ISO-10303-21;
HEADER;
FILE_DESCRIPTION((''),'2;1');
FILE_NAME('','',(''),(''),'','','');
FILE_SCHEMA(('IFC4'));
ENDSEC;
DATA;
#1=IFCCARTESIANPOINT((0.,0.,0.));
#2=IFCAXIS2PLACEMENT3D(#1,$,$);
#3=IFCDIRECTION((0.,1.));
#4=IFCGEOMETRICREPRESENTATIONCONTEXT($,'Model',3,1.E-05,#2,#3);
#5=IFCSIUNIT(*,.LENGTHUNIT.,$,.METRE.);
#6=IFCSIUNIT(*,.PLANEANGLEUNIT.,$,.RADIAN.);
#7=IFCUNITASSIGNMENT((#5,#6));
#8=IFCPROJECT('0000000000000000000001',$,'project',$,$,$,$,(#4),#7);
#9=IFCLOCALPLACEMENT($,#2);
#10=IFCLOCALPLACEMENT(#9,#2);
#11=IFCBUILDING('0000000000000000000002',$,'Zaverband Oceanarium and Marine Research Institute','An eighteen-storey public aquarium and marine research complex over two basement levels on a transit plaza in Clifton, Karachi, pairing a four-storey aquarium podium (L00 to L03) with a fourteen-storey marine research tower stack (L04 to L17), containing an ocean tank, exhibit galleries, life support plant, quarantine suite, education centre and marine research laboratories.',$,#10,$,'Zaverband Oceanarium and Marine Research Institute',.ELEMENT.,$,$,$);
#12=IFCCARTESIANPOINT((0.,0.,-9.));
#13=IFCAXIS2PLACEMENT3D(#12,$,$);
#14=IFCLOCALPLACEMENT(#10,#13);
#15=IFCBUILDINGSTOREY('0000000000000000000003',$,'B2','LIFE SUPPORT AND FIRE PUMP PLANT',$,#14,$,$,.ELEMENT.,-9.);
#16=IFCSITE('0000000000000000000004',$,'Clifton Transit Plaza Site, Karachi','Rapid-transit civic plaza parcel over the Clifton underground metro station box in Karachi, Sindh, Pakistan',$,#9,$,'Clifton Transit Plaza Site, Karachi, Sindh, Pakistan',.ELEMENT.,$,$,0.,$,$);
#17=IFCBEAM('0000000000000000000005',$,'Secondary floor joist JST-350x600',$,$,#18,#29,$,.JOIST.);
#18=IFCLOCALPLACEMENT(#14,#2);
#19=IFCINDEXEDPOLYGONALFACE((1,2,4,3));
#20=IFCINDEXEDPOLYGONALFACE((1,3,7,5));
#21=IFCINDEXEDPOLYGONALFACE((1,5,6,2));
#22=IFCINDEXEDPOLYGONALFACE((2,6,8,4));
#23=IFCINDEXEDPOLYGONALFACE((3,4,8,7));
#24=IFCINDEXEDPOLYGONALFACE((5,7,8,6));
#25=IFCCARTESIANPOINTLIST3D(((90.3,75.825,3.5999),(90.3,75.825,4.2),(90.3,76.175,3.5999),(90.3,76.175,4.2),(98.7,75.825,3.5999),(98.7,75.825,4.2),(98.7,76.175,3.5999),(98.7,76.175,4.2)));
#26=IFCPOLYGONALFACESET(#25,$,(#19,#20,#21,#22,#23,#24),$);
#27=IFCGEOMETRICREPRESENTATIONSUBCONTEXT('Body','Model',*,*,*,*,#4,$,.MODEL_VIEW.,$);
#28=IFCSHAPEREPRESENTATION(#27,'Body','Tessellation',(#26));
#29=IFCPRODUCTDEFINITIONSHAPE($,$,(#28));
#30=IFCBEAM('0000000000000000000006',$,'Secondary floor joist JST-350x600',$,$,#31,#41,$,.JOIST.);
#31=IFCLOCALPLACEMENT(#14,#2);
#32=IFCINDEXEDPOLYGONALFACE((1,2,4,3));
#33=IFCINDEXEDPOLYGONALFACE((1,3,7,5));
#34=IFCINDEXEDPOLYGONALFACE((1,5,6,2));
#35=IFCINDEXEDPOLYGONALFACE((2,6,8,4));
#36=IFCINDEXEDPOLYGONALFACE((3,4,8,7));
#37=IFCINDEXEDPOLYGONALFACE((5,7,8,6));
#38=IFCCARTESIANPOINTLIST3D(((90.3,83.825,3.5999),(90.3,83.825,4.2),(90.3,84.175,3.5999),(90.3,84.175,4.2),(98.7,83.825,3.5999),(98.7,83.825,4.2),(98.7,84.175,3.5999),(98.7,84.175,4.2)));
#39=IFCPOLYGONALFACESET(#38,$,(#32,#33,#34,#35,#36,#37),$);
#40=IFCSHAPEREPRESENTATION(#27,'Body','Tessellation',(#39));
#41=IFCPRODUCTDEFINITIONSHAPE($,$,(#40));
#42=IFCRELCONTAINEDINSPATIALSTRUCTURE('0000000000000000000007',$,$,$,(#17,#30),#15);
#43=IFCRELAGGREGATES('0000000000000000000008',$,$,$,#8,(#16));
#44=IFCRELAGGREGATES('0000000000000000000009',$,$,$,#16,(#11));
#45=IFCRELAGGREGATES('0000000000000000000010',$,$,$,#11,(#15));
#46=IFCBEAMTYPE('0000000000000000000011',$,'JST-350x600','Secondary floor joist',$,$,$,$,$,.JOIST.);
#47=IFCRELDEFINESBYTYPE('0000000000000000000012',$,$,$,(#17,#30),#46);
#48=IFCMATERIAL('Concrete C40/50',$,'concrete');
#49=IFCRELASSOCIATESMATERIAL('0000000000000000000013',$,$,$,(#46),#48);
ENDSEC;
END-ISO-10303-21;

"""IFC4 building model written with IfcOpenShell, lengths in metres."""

from ifc_helpers import new_model, si_unit, direction, frame, origin, origin_2d, place, context, subcontext, project, spatial, rectangle, extrude, material, material_profile, profile_set, type_object, element, save


model = new_model("IFC4")

# Units and contexts
model_context = context("Model", 3, precision=1e-05, world=origin(), true_north=direction((0.0, 1.0)))
body_context = subcontext(model_context, "Body", "Model", "MODEL_VIEW")
ifc_project = project(units=[si_unit("LENGTHUNIT", "METRE"), si_unit("PLANEANGLEUNIT", "RADIAN")], contexts=[model_context])

# Site, building, storey
site_placement = place(None, origin())
site = spatial("IfcSite", under=ifc_project, at=site_placement, Name="Clifton Transit Plaza Site, Karachi", Description="Rapid-transit civic plaza parcel over the Clifton underground metro station box in Karachi, Sindh, Pakistan", LongName="Clifton Transit Plaza Site, Karachi, Sindh, Pakistan", CompositionType="ELEMENT", RefElevation=0.0)
building_placement = place(site_placement, origin())
building = spatial("IfcBuilding", under=site, at=building_placement, Name="Zaverband Oceanarium and Marine Research Institute", Description="An eighteen-storey public aquarium and marine research complex over two basement levels on a transit plaza in Clifton, Karachi, pairing a four-storey aquarium podium (L00 to L03) with a fourteen-storey marine research tower stack (L04 to L17), containing an ocean tank, exhibit galleries, life support plant, quarantine suite, education centre and marine research laboratories.", LongName="Zaverband Oceanarium and Marine Research Institute", CompositionType="ELEMENT")
storey_placement = place(building_placement, frame((0.0, 0.0, -9.0)))
storey = spatial("IfcBuildingStorey", under=building, at=storey_placement, Name="B2", Description="LIFE SUPPORT AND FIRE PUMP PLANT", CompositionType="ELEMENT", Elevation=-9.0)

# Beams
ifc_material_1 = material(Name="Concrete C40/50", Category="concrete")
ifc_material_profile_1 = material_profile(ifc_material_1, rectangle(XDim=0.3501, YDim=0.6001, at=origin_2d()), Name="RC350x600")
ifc_profile_set_1 = profile_set([ifc_material_profile_1], Name="Concrete C40/50")
beam_type_1 = type_object("IfcBeamType", Name="JST-350x600", Description="Secondary floor joist", PredefinedType="JOIST", material=ifc_profile_set_1)
for number, where, z_axis, x_axis, name in (
    (1, (90.3, 76.0, 3.8999), (1.0, 0.0, 0.0), (0.0, 1.0, 0.0), "Secondary floor joist JST-350x600"),
    (2, (90.3, 84.0, 3.8999), (1.0, 0.0, 0.0), (0.0, 1.0, 0.0), "Secondary floor joist JST-350x600"),
):
    element("IfcBeam", number, at=place(storey_placement, frame(where, z_axis=z_axis, x_axis=x_axis)), inside=storey, type_object=beam_type_1, Name=name, PredefinedType="JOIST", context=body_context, shape_type="SweptSolid", body=[
        extrude(rectangle(XDim=0.3501, YDim=0.6001, at=origin_2d()), origin(), (0.0, 0.0, 1.0), 8.3999),
    ])

save(model, "model.ifc")
